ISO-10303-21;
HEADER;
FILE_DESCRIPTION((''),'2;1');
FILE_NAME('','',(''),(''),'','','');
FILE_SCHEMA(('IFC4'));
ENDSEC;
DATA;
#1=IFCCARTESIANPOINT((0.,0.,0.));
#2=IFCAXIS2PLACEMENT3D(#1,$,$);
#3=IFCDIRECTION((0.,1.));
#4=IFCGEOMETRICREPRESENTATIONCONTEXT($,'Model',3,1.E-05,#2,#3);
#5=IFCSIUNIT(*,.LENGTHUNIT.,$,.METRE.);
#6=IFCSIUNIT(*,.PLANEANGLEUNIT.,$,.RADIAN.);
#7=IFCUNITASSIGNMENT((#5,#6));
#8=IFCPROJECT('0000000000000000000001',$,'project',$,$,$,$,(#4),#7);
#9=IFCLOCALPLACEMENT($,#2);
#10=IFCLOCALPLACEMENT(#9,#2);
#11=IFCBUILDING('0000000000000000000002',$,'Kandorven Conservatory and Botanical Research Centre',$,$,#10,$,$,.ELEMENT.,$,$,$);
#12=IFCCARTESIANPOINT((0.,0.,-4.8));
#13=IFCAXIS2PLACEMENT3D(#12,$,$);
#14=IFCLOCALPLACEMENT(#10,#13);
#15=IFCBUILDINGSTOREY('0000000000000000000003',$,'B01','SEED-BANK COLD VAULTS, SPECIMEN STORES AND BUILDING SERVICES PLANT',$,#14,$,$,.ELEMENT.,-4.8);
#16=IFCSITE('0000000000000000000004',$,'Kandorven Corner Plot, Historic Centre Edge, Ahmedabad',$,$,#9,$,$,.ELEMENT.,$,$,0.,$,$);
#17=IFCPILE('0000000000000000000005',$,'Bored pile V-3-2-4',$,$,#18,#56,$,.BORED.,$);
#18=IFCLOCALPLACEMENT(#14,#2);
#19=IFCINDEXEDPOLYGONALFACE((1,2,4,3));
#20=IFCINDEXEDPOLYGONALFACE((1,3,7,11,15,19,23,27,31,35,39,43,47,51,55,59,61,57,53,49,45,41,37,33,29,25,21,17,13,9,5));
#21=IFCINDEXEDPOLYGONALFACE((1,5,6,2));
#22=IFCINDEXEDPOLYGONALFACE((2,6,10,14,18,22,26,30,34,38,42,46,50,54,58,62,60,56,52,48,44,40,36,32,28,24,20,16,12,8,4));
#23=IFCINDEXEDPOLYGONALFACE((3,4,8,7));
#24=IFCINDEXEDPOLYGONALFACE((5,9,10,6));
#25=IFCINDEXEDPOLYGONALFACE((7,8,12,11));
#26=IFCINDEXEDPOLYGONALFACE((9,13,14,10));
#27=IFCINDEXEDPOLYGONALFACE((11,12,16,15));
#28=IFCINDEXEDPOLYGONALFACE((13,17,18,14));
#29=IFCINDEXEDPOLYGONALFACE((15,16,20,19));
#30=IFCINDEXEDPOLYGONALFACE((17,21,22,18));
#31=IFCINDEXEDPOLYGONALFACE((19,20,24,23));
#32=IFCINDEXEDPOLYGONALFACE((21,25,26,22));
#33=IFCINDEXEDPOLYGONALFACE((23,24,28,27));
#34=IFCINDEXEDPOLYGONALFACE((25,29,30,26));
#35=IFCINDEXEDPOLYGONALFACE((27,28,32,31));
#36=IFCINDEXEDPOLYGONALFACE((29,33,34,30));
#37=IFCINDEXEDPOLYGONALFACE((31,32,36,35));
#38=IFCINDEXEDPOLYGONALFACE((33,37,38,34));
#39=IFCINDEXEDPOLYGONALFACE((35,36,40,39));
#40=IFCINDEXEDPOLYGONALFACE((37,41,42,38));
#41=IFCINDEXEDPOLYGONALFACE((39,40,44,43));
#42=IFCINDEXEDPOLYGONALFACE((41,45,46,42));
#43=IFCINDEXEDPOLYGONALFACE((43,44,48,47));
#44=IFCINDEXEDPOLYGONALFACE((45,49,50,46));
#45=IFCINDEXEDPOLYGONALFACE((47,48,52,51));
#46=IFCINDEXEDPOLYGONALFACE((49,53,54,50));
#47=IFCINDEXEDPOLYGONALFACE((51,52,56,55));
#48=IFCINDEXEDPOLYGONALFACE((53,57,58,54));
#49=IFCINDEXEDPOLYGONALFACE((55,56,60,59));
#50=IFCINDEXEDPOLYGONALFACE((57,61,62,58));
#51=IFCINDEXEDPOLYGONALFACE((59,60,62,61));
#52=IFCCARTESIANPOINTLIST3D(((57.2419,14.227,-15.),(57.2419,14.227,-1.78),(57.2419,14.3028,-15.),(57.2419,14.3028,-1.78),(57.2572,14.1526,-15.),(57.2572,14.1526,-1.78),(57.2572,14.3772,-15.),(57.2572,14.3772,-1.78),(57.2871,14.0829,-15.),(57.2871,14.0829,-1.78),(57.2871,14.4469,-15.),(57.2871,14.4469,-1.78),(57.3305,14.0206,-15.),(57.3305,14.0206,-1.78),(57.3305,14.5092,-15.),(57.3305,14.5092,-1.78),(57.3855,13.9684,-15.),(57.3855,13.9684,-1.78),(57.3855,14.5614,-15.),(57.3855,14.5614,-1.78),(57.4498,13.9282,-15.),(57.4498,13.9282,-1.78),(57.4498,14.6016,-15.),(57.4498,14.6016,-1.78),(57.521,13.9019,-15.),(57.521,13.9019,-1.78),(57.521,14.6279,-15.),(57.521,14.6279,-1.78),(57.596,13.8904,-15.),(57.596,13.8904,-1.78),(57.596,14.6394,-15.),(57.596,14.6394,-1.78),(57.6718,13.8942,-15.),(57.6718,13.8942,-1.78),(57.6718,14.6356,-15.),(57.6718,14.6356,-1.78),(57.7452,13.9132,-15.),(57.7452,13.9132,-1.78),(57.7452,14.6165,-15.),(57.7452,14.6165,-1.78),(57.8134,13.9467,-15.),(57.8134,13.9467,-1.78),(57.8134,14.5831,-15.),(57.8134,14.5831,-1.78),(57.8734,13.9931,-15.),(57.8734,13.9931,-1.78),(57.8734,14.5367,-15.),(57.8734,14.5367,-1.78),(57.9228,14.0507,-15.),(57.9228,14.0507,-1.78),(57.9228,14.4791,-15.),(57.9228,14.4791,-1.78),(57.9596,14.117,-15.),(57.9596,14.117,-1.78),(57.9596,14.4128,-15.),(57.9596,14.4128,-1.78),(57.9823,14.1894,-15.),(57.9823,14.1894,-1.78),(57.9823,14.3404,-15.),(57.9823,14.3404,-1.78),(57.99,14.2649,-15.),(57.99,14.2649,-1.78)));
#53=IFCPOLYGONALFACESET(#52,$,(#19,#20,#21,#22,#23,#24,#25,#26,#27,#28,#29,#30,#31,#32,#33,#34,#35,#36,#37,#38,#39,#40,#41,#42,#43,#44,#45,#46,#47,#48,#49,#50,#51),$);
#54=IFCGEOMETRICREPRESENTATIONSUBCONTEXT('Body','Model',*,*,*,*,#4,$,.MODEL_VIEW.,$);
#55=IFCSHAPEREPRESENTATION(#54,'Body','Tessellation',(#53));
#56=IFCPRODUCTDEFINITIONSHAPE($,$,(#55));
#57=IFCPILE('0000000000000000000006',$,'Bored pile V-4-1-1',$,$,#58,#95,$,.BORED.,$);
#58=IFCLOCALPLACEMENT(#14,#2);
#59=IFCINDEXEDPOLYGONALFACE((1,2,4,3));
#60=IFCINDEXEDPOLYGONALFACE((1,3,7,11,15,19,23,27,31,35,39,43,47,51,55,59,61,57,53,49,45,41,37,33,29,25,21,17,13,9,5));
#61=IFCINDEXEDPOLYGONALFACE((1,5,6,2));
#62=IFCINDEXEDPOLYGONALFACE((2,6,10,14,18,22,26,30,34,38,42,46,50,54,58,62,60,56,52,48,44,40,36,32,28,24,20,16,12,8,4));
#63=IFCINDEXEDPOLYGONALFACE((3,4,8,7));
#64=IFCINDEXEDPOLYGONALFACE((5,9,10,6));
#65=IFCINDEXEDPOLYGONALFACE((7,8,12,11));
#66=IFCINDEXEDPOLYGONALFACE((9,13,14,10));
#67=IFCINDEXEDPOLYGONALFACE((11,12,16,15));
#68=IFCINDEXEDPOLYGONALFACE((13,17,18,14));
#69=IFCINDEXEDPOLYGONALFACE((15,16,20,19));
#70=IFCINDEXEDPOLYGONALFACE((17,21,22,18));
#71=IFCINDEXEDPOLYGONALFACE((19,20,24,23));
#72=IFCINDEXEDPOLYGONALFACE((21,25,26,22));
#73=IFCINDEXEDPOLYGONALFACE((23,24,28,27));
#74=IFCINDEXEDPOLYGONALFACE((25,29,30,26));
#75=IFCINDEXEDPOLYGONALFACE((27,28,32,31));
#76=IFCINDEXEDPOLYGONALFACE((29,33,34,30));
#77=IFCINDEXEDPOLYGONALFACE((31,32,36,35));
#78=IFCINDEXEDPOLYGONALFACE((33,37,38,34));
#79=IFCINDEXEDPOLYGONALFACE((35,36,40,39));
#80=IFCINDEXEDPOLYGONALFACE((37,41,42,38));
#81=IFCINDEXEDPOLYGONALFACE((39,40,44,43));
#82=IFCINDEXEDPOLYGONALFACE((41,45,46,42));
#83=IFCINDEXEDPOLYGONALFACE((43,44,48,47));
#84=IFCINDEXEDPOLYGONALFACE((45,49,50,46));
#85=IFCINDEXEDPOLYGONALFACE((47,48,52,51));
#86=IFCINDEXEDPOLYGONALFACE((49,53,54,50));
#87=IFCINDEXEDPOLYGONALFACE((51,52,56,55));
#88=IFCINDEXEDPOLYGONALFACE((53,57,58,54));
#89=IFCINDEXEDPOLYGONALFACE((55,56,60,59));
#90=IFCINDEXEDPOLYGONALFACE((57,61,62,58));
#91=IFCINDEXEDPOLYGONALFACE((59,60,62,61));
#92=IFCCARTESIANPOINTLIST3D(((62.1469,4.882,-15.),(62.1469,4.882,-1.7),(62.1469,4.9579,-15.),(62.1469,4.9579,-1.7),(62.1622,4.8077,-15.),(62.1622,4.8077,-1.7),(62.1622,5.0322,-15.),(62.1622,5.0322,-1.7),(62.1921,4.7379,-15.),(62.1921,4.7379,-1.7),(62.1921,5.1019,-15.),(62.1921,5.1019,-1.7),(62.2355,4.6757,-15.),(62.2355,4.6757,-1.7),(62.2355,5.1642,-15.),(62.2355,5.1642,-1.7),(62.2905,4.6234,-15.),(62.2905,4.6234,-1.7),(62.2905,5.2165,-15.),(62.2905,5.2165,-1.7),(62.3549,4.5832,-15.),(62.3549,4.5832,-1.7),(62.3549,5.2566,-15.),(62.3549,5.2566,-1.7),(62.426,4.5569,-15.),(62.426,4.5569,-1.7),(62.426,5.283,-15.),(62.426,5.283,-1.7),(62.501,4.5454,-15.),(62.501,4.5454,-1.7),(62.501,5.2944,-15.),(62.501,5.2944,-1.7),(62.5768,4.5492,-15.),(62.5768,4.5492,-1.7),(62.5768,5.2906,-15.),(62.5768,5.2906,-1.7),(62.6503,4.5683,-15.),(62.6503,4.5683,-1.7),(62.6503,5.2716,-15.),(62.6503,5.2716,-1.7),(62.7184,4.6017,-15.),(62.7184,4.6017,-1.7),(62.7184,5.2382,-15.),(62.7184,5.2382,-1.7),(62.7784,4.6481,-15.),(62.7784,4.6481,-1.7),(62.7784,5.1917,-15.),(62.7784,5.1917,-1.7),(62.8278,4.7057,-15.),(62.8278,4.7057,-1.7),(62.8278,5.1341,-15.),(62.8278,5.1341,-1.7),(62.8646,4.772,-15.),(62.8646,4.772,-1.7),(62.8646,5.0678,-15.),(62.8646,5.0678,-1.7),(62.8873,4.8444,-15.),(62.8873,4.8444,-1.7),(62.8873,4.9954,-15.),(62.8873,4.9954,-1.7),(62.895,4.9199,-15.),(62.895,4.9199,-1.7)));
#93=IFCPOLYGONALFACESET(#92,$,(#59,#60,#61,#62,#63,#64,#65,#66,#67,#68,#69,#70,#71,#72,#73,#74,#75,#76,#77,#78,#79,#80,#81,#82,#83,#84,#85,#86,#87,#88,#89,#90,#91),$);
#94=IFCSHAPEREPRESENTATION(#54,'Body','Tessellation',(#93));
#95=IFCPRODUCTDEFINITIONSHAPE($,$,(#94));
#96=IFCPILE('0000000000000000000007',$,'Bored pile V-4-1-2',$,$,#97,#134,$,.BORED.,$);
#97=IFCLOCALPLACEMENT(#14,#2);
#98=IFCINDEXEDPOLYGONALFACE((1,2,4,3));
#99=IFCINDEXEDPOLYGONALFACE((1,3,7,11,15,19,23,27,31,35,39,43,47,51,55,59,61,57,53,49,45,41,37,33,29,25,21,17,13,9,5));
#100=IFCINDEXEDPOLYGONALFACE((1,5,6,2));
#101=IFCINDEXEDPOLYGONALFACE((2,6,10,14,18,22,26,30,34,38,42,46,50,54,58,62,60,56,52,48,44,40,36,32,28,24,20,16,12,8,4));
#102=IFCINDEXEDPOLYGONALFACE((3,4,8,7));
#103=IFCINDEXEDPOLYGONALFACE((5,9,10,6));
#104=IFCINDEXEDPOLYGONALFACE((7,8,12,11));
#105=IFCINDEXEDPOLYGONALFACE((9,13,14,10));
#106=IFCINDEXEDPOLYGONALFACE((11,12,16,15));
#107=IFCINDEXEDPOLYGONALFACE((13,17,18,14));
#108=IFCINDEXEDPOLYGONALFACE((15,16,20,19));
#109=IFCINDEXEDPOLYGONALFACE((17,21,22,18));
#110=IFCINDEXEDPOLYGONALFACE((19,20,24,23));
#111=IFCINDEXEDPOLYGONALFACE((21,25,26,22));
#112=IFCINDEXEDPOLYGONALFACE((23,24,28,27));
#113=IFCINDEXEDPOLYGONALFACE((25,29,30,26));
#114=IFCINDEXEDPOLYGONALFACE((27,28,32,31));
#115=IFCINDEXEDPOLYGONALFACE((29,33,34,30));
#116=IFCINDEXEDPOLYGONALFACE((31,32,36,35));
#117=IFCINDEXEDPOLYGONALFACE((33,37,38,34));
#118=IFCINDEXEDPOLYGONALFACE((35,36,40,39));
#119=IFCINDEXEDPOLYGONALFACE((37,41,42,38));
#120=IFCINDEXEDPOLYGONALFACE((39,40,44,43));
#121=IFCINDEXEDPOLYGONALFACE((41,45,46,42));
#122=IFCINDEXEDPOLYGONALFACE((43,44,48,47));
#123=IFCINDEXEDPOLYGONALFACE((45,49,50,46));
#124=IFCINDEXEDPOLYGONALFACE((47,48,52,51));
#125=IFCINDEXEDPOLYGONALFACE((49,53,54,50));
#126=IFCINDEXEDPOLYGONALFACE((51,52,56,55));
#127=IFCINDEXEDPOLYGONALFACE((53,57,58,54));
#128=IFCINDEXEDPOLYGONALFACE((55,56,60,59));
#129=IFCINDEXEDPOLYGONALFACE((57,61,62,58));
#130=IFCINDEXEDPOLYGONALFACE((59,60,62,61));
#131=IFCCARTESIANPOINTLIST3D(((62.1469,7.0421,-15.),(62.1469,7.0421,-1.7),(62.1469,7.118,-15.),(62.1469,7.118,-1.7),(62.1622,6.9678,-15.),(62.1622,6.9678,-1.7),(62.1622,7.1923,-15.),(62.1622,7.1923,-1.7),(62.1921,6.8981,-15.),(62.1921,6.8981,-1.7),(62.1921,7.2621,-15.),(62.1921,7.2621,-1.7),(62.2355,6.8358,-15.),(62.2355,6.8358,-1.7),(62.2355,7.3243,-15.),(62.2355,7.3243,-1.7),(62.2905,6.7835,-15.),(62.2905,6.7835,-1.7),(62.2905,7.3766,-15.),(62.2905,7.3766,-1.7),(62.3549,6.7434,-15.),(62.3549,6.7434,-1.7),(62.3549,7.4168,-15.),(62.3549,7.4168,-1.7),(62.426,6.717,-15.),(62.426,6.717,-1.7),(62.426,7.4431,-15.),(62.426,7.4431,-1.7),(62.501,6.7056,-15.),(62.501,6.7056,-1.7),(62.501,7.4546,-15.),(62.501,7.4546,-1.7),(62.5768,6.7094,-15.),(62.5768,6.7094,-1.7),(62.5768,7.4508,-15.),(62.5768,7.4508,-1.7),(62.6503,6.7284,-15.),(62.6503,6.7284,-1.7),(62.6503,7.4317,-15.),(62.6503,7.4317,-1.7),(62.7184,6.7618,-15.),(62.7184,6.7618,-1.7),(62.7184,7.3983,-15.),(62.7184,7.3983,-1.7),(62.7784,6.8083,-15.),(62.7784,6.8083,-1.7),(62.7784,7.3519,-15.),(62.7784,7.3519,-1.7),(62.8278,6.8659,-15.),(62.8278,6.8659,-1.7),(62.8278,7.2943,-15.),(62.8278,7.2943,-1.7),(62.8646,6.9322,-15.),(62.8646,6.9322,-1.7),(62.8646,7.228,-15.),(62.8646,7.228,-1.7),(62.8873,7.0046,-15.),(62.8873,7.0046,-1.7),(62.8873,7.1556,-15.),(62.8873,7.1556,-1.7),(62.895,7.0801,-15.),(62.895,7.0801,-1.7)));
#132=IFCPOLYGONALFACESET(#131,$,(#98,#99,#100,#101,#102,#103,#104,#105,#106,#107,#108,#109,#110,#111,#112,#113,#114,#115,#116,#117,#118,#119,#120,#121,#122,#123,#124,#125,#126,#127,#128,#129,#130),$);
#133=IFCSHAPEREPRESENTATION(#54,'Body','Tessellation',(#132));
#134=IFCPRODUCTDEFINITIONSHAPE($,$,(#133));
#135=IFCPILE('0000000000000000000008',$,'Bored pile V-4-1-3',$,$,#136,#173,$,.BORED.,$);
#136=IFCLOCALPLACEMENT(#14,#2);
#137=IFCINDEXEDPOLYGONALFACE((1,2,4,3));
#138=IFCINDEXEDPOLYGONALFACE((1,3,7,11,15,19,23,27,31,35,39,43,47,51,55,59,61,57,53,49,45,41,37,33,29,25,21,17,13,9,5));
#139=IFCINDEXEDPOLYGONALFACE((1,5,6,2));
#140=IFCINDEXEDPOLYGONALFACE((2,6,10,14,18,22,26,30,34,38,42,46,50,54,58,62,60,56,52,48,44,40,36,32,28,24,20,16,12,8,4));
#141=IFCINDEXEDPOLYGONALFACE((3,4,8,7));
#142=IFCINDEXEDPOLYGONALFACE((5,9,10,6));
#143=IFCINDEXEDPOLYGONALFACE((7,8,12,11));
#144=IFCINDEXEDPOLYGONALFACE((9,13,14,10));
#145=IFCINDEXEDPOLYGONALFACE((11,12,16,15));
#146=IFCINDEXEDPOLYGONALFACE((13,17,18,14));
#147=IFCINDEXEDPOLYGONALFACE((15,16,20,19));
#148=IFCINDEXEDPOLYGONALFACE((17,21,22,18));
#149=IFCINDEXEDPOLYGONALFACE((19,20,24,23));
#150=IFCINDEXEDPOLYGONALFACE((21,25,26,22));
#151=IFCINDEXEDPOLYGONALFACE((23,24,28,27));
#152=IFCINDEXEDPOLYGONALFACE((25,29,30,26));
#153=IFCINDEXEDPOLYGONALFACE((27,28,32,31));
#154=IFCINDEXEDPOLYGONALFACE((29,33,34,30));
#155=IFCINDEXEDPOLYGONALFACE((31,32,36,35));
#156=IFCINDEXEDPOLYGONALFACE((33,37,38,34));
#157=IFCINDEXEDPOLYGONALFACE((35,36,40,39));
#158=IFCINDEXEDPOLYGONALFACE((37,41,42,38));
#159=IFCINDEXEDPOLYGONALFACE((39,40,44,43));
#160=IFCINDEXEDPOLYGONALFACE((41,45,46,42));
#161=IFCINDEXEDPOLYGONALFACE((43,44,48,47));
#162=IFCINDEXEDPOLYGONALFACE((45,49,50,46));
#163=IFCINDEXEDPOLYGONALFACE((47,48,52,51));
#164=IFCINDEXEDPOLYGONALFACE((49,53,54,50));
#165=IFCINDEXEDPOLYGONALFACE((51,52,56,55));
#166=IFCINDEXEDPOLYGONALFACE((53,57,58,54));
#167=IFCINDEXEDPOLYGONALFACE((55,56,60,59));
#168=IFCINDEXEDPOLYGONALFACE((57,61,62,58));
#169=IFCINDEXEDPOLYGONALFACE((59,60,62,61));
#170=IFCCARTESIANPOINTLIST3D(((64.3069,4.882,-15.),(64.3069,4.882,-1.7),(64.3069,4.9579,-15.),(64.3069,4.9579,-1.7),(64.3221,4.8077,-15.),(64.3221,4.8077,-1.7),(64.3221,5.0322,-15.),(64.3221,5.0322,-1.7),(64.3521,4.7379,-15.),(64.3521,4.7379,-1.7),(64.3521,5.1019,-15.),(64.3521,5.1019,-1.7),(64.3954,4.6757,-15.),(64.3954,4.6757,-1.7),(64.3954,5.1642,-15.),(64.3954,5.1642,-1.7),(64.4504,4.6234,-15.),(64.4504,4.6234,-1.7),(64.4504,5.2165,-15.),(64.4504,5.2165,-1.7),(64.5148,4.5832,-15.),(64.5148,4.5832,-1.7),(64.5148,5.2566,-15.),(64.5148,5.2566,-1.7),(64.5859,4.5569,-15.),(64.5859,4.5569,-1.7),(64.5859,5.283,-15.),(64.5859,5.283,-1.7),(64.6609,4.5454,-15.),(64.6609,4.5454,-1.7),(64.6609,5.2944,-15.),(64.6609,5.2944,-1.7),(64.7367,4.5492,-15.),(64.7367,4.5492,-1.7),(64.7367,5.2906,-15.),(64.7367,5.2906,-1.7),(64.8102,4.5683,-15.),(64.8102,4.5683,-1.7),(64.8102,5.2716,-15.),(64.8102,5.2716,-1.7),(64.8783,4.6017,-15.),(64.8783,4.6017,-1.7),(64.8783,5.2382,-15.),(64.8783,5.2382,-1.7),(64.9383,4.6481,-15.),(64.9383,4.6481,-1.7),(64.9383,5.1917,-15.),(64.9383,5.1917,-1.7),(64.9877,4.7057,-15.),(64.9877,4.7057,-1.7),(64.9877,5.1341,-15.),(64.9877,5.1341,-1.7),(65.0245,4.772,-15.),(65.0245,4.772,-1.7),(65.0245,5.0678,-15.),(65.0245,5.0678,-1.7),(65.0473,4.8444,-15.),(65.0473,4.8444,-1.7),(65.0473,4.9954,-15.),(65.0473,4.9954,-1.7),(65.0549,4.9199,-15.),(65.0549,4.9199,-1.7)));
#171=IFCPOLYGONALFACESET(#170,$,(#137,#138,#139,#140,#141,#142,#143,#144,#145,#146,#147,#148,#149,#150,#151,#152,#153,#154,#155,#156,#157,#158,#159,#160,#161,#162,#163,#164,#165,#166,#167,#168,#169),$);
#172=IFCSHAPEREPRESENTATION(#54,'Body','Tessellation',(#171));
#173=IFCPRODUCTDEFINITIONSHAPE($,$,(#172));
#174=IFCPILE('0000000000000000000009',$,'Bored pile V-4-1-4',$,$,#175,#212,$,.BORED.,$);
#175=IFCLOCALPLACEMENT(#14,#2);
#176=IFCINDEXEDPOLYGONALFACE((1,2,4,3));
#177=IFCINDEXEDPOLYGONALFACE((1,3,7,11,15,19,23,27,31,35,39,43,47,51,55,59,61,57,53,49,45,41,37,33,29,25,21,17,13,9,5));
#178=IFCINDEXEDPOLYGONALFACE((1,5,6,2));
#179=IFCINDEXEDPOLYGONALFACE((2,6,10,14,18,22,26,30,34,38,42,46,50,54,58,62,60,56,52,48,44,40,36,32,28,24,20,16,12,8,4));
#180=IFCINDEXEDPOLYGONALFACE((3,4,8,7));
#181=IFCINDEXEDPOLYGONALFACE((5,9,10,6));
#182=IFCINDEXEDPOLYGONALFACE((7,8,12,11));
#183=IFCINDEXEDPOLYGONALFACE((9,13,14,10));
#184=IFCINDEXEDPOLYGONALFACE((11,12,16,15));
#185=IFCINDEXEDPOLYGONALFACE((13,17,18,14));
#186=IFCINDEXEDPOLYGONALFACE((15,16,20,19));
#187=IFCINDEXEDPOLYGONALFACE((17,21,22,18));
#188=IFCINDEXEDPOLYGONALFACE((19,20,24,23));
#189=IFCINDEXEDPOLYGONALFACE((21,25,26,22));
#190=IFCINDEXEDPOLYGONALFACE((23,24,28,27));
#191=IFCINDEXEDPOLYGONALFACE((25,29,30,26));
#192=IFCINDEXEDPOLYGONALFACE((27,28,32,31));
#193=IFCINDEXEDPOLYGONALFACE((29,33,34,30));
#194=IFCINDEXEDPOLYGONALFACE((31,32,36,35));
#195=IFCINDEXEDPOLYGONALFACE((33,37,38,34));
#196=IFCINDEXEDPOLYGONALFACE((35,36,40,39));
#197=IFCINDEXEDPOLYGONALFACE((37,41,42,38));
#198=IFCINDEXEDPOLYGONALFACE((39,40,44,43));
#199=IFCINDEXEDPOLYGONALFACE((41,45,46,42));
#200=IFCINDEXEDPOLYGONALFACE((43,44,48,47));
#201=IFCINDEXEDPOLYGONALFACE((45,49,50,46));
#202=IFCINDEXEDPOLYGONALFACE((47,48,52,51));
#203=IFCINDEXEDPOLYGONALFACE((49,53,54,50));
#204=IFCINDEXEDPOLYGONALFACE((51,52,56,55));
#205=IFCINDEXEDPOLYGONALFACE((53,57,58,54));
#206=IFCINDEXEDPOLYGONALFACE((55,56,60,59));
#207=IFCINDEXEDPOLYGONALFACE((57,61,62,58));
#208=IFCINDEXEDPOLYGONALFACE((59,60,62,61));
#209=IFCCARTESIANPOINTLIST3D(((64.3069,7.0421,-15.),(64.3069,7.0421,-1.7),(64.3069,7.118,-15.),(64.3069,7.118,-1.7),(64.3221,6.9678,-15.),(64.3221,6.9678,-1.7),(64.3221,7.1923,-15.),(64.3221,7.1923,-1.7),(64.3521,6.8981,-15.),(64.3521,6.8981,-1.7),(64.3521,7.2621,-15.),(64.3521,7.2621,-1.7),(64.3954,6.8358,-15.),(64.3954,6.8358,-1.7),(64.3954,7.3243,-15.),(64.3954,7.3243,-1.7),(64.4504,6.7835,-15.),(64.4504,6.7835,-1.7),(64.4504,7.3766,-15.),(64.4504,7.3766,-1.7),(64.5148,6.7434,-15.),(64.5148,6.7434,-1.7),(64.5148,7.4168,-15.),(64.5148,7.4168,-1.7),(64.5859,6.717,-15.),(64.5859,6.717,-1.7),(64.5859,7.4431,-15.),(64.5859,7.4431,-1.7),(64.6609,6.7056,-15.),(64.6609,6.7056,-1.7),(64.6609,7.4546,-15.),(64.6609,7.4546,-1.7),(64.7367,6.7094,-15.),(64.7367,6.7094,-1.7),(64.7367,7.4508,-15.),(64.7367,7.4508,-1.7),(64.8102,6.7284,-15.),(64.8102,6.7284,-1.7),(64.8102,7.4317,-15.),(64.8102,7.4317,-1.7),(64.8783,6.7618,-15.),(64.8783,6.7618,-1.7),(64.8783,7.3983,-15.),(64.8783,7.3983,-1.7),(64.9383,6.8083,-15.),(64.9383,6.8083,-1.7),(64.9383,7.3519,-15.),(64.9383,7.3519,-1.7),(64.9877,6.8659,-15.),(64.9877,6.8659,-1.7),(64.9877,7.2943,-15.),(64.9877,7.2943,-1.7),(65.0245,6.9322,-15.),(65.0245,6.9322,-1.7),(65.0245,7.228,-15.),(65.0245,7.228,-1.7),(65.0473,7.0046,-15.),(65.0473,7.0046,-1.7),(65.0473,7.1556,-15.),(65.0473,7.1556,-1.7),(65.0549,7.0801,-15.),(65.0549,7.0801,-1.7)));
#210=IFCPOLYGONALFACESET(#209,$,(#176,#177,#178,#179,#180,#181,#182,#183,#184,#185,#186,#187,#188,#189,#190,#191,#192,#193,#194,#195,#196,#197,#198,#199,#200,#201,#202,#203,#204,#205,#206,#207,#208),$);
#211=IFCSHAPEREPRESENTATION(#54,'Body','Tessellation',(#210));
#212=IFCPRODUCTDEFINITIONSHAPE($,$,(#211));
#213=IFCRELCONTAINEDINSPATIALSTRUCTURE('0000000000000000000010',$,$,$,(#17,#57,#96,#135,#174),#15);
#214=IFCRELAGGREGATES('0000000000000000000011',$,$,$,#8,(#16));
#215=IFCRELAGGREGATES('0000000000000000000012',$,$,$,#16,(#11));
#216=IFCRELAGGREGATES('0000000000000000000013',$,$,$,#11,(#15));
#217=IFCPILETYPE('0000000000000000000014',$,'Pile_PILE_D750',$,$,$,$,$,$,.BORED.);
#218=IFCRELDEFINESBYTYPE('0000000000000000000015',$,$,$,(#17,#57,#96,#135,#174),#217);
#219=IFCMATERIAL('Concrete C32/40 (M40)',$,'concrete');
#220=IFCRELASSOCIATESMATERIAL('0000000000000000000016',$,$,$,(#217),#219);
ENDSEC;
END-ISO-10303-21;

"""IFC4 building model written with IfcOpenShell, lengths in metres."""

from ifc_helpers import new_model, si_unit, direction, frame, origin, origin_2d, place, context, subcontext, project, spatial, circle, extrude, material, material_profile, profile_set, type_object, element, save


model = new_model("IFC4")

# Units and contexts
model_context = context("Model", 3, precision=1e-05, world=origin(), true_north=direction((0.0, 1.0)))
body_context = subcontext(model_context, "Body", "Model", "MODEL_VIEW")
ifc_project = project(units=[si_unit("LENGTHUNIT", "METRE"), si_unit("PLANEANGLEUNIT", "RADIAN")], contexts=[model_context])

# Site, building, storey
site_placement = place(None, origin())
site = spatial("IfcSite", under=ifc_project, at=site_placement, Name="Kandorven Corner Plot, Historic Centre Edge, Ahmedabad", CompositionType="ELEMENT", RefElevation=0.0)
building_placement = place(site_placement, origin())
building = spatial("IfcBuilding", under=site, at=building_placement, Name="Kandorven Conservatory and Botanical Research Centre", CompositionType="ELEMENT")
storey_placement = place(building_placement, frame((0.0, 0.0, -4.8)))
storey = spatial("IfcBuildingStorey", under=building, at=storey_placement, Name="B01", Description="SEED-BANK COLD VAULTS, SPECIMEN STORES AND BUILDING SERVICES PLANT", CompositionType="ELEMENT", Elevation=-4.8)

# Piles
ifc_material_1 = material(Name="Concrete C32/40 (M40)", Category="concrete")
ifc_material_profile_1 = material_profile(ifc_material_1, circle(Radius=0.375, at=origin_2d()))
ifc_profile_set_1 = profile_set([ifc_material_profile_1], Name="Concrete C32/40 (M40)")
pile_type = type_object("IfcPileType", Name="Pile_PILE_D750", PredefinedType="BORED", material=ifc_profile_set_1)
for number, where, z_axis, x_axis, name in (
    (1, (57.615, 14.2649, -1.78), (0.0, 0.0, -1.0), (1.0, 0.0, 0.0), "Bored pile V-3-2-4"),
):
    element("IfcPile", number, at=place(storey_placement, frame(where, z_axis=z_axis, x_axis=x_axis)), inside=storey, type_object=pile_type, Name=name, PredefinedType="BORED", context=body_context, shape_type="SweptSolid", body=[
        extrude(circle(Radius=0.375, at=origin_2d()), origin(), (0.0, 0.0, 1.0), 13.22),
    ])
for number, where, z_axis, x_axis, name in (
    (2, (62.52, 4.9199, -1.7), (0.0, 0.0, -1.0), (1.0, 0.0, 0.0), "Bored pile V-4-1-1"),
    (3, (62.52, 7.0801, -1.7), (0.0, 0.0, -1.0), (1.0, 0.0, 0.0), "Bored pile V-4-1-2"),
    (4, (64.6799, 4.9199, -1.7), (0.0, 0.0, -1.0), (1.0, 0.0, 0.0), "Bored pile V-4-1-3"),
    (5, (64.6799, 7.0801, -1.7), (0.0, 0.0, -1.0), (1.0, 0.0, 0.0), "Bored pile V-4-1-4"),
):
    element("IfcPile", number, at=place(storey_placement, frame(where, z_axis=z_axis, x_axis=x_axis)), inside=storey, type_object=pile_type, Name=name, PredefinedType="BORED", context=body_context, shape_type="SweptSolid", body=[
        extrude(circle(Radius=0.375, at=origin_2d()), origin(), (0.0, 0.0, 1.0), 13.3),
    ])

save(model, "model.ifc")
